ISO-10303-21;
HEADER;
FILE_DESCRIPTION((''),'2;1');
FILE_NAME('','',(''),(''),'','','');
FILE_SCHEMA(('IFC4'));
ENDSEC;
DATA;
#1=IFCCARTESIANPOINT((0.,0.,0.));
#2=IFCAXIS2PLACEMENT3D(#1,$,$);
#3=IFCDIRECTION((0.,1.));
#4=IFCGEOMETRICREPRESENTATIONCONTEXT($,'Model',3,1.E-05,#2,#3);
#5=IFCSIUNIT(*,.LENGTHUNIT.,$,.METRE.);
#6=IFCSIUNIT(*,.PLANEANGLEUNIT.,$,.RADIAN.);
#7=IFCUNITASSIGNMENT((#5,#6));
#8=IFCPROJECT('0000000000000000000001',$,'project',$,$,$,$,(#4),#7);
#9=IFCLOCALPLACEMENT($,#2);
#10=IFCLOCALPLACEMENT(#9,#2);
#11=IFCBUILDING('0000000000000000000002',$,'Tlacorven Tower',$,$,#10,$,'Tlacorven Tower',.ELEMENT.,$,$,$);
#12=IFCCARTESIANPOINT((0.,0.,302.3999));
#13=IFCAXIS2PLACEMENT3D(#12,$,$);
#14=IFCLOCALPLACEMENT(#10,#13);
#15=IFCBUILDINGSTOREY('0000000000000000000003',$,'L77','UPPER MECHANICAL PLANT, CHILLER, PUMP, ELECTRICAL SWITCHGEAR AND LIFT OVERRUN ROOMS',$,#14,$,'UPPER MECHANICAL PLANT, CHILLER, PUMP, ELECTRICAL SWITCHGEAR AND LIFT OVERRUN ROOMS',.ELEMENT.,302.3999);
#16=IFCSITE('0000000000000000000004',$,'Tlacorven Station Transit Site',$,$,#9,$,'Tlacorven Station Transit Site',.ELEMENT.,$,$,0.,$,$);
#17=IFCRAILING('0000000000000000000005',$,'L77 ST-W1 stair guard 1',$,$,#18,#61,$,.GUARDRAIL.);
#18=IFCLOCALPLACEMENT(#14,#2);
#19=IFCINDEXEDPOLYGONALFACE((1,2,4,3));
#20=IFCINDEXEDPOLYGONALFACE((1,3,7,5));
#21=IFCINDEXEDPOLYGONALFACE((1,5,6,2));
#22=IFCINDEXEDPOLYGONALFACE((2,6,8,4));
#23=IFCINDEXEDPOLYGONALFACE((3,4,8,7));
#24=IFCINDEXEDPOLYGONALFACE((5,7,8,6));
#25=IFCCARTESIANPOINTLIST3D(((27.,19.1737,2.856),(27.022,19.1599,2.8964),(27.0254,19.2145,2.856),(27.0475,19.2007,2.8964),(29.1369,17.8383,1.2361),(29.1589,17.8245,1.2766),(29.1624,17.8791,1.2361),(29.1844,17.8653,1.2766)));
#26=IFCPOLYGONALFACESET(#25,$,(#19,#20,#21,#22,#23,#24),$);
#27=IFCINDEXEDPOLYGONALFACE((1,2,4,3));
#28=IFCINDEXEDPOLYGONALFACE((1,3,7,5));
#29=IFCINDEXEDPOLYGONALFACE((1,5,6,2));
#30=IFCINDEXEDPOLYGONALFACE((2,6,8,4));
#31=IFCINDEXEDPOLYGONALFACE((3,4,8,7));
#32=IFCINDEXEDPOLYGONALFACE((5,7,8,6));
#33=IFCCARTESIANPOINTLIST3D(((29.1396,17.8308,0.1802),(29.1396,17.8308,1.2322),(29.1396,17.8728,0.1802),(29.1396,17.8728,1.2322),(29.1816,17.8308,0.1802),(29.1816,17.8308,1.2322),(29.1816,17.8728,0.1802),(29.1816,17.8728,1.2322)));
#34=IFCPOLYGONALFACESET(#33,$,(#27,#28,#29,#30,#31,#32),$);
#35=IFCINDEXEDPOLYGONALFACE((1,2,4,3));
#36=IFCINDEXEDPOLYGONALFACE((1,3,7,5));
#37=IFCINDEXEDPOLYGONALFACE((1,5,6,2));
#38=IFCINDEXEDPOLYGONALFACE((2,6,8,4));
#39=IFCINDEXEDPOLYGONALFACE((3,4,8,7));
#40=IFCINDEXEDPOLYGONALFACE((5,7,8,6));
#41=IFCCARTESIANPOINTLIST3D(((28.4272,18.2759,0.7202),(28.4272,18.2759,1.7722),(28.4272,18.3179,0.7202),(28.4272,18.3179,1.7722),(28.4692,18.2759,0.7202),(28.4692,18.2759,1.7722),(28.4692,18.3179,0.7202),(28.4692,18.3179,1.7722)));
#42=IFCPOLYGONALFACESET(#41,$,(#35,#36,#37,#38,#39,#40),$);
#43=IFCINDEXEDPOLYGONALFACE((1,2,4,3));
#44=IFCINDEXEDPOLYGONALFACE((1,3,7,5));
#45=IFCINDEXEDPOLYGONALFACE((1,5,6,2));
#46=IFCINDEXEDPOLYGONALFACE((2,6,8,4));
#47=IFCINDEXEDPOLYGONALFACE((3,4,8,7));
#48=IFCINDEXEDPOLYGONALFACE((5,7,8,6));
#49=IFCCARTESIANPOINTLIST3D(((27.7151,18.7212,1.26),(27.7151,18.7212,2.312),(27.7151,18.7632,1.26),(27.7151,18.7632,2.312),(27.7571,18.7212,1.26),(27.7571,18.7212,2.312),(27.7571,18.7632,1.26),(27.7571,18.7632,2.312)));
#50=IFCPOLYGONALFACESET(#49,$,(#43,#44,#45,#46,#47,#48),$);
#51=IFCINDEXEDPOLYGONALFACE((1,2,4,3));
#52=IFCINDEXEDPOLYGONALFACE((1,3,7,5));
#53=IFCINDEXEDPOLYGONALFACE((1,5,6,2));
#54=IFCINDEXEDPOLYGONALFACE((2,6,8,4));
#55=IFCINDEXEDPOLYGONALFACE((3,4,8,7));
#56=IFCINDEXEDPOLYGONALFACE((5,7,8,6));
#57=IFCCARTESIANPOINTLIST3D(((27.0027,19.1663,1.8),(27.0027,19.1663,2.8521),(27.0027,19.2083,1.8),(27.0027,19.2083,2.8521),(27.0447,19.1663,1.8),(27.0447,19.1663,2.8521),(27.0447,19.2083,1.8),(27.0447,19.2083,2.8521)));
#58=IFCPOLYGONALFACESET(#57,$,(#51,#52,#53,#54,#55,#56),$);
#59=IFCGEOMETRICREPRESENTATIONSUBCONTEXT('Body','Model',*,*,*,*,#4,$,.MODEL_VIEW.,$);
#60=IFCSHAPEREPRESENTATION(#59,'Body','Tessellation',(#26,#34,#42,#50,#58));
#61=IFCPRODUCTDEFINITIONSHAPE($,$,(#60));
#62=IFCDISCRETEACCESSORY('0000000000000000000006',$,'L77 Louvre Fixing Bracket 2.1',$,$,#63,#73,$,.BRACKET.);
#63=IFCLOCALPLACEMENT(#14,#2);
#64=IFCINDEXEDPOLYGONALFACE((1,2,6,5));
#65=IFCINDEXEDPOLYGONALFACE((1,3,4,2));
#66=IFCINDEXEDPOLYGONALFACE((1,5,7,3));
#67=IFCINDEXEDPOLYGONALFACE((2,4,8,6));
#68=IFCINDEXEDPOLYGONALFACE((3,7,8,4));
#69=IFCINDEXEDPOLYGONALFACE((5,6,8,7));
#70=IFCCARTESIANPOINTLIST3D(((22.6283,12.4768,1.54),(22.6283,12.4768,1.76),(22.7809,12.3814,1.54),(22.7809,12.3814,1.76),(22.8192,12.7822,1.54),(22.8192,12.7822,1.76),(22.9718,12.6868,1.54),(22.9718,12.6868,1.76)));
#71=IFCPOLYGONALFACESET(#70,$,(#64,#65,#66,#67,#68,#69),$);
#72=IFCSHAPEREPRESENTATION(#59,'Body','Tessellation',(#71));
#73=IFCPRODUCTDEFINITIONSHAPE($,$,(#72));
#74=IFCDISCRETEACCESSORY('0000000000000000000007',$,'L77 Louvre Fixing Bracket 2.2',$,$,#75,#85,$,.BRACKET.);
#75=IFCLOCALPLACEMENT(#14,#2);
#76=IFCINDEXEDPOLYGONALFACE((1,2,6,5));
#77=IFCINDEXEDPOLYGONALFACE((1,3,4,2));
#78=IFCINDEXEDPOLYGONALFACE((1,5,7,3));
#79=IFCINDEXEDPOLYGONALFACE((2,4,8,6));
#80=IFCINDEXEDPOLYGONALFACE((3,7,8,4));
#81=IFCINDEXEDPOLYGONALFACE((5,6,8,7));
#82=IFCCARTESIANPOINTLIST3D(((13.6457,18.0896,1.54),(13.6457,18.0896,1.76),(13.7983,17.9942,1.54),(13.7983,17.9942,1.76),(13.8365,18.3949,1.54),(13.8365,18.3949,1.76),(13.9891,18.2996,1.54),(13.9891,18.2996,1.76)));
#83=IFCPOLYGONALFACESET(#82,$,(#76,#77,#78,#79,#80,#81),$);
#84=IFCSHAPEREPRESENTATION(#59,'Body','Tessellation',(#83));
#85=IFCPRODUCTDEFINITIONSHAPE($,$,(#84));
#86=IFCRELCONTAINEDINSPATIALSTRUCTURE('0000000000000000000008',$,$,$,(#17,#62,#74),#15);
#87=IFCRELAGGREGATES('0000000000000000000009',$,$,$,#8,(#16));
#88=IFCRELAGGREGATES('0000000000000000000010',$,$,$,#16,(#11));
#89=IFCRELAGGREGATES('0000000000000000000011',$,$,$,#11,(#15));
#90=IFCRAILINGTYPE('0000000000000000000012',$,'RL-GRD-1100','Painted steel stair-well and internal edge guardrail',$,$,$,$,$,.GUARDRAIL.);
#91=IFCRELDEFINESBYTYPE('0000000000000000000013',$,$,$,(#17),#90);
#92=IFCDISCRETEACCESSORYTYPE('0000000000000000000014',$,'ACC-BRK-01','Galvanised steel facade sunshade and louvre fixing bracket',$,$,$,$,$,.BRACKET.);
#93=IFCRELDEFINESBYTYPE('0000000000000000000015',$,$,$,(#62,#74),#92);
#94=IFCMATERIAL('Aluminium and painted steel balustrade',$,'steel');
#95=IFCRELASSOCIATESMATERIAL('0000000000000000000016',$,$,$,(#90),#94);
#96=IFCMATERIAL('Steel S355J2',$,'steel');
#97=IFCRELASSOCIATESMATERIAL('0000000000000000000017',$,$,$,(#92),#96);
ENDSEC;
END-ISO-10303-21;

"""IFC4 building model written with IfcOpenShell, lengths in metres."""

from ifc_helpers import new_model, si_unit, direction, frame, origin, origin_2d, place, context, subcontext, project, spatial, rectangle, extrude, source, transform, mapped, material, type_object, element, save


model = new_model("IFC4")

# Units and contexts
model_context = context("Model", 3, precision=1e-05, world=origin(), true_north=direction((0.0, 1.0)))
body_context = subcontext(model_context, "Body", "Model", "MODEL_VIEW")
ifc_project = project(units=[si_unit("LENGTHUNIT", "METRE"), si_unit("PLANEANGLEUNIT", "RADIAN")], contexts=[model_context])

# Site, building, storey
site_placement = place(None, origin())
site = spatial("IfcSite", under=ifc_project, at=site_placement, Name="Tlacorven Station Transit Site", LongName="Tlacorven Station Transit Site", CompositionType="ELEMENT", RefElevation=0.0)
building_placement = place(site_placement, origin())
building = spatial("IfcBuilding", under=site, at=building_placement, Name="Tlacorven Tower", LongName="Tlacorven Tower", CompositionType="ELEMENT")
storey_placement = place(building_placement, frame((0.0, 0.0, 302.3999)))
storey = spatial("IfcBuildingStorey", under=building, at=storey_placement, Name="L77", Description="UPPER MECHANICAL PLANT, CHILLER, PUMP, ELECTRICAL SWITCHGEAR AND LIFT OVERRUN ROOMS", LongName="UPPER MECHANICAL PLANT, CHILLER, PUMP, ELECTRICAL SWITCHGEAR AND LIFT OVERRUN ROOMS", CompositionType="ELEMENT", Elevation=302.3999)

# Shared definitions
ifc_material_1 = material(Name="Steel S355J2", Category="steel")

# Railing
ifc_material_2 = material(Name="Aluminium and painted steel balustrade", Category="steel")
railing_type_1 = type_object("IfcRailingType", Name="RL-GRD-1100", Description="Painted steel stair-well and internal edge guardrail", PredefinedType="GUARDRAIL", material=ifc_material_2)
shared_shape_1 = source(origin(), body_context, "Body", "SweptSolid", [
    extrude(rectangle(XDim=0.0481, YDim=0.0481, at=origin_2d()), frame((0.0, 0.0, 1.0762), z_axis=(-0.713351, 0.445794, 0.540739), x_axis=(-0.529955, -0.848026, 0.0)), (0.0, 0.0, 1.0), 2.9956),
    extrude(rectangle(XDim=0.042, YDim=0.042, at=origin_2d()), origin(), (0.0, 0.0, 1.0), 1.052),
    extrude(rectangle(XDim=0.042, YDim=0.042, at=origin_2d()), frame((-0.7124, 0.4451, 0.54)), (0.0, 0.0, 1.0), 1.052),
    extrude(rectangle(XDim=0.042, YDim=0.042, at=origin_2d()), frame((-1.4246, 0.8904, 1.0798)), (0.0, 0.0, 1.0), 1.052),
    extrude(rectangle(XDim=0.042, YDim=0.042, at=origin_2d()), frame((-2.137, 1.3354, 1.6199)), (0.0, 0.0, 1.0), 1.052),
])
railing_1_placement = place(storey_placement, frame((29.1606, 17.8518, 0.1802)))
element("IfcRailing", 1, at=railing_1_placement, inside=storey, type_object=railing_type_1, Name="L77 ST-W1 stair guard 1", PredefinedType="GUARDRAIL", context=body_context, shape_type="MappedRepresentation", body=[
    mapped(shared_shape_1, transform((0.0, 0.0, 0.0), scale=1.0)),
])

# Discrete accessories
discrete_accessory_type = type_object("IfcDiscreteAccessoryType", Name="ACC-BRK-01", Description="Galvanised steel facade sunshade and louvre fixing bracket", PredefinedType="BRACKET", material=ifc_material_1)
shared_shape_2 = source(origin(), body_context, "Body", "SweptSolid", [
    extrude(rectangle(XDim=0.1799, YDim=0.3601, at=origin_2d()), origin(), (0.0, 0.0, 1.0), 0.22),
])
for number, where, z_axis, x_axis, name in (
    (2, (22.8, 12.5818, 1.54), (0.0, 0.0, 1.0), (-0.848048, 0.529919, 0.0), "L77 Louvre Fixing Bracket 2.1"),
    (3, (13.8174, 18.1946, 1.54), (0.0, 0.0, 1.0), (-0.848048, 0.529919, 0.0), "L77 Louvre Fixing Bracket 2.2"),
):
    element("IfcDiscreteAccessory", number, at=place(storey_placement, frame(where, z_axis=z_axis, x_axis=x_axis)), inside=storey, type_object=discrete_accessory_type, Name=name, PredefinedType="BRACKET", context=body_context, shape_type="MappedRepresentation", body=[
        mapped(shared_shape_2, transform((0.0, 0.0, 0.0), scale=1.0)),
    ])

save(model, "model.ifc")
